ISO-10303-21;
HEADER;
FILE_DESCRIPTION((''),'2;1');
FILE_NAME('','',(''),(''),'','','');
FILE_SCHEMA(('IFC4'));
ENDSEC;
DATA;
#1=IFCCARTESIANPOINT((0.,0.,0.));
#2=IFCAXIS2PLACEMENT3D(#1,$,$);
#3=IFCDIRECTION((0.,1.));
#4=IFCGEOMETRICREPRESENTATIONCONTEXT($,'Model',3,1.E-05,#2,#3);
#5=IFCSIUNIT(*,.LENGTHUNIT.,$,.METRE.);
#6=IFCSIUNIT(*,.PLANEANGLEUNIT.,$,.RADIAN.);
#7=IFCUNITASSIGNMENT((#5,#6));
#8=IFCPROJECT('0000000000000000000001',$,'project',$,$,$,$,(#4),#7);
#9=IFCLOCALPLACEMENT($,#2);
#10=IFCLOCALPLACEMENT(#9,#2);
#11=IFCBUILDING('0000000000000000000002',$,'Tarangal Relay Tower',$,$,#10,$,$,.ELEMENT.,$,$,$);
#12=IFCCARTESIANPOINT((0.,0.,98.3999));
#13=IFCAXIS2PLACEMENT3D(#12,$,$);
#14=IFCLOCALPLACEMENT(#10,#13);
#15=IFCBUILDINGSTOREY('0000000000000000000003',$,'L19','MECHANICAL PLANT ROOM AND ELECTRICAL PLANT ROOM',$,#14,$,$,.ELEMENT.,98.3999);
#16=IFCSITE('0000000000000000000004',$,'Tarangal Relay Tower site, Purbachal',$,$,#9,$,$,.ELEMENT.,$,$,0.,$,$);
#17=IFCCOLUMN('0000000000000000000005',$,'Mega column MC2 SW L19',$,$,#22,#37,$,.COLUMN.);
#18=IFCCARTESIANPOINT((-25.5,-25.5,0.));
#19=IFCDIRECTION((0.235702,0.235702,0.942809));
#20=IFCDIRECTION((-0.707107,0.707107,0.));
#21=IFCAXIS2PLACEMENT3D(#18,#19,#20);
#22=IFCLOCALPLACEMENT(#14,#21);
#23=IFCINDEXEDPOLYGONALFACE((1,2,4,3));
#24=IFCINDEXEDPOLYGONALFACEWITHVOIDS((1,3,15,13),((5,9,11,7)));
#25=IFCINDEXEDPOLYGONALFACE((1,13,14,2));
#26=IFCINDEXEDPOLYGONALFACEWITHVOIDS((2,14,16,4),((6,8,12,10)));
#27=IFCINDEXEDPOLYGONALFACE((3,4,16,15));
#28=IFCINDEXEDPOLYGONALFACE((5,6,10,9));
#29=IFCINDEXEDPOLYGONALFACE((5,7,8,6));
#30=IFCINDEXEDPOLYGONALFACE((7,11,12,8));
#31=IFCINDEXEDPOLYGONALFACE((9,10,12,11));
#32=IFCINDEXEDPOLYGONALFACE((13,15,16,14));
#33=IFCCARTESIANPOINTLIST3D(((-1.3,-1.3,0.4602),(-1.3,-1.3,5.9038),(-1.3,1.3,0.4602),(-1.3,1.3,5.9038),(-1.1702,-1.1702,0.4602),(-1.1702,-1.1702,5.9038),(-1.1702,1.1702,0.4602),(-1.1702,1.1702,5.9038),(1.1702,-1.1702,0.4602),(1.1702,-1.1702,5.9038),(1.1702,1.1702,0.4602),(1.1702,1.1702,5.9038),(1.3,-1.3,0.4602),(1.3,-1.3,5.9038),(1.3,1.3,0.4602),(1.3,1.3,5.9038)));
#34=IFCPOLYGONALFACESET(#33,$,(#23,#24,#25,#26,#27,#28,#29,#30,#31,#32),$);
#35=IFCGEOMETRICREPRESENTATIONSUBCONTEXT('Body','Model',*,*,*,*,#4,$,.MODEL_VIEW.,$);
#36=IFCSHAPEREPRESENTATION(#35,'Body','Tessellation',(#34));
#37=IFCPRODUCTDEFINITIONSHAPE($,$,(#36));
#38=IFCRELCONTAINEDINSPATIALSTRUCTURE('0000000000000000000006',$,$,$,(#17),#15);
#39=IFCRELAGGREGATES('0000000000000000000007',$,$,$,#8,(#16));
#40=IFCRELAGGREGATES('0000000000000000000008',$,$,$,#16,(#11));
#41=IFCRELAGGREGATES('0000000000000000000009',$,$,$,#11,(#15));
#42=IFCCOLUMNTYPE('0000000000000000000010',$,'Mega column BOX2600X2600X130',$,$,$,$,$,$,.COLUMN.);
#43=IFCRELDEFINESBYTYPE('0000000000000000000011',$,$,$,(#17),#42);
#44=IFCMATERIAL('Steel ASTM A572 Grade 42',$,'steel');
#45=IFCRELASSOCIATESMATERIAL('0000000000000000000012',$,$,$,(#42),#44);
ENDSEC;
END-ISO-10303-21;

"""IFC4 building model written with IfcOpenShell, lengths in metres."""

from ifc_helpers import new_model, si_unit, direction, frame, origin, origin_2d, place, context, subcontext, project, spatial, hollow_rectangle, extrude, clip, halfspace, material, material_profile, profile_set, type_object, element, save


model = new_model("IFC4")

# Units and contexts
model_context = context("Model", 3, precision=1e-05, world=origin(), true_north=direction((0.0, 1.0)))
body_context = subcontext(model_context, "Body", "Model", "MODEL_VIEW")
ifc_project = project(units=[si_unit("LENGTHUNIT", "METRE"), si_unit("PLANEANGLEUNIT", "RADIAN")], contexts=[model_context])

# Site, building, storey
site_placement = place(None, origin())
site = spatial("IfcSite", under=ifc_project, at=site_placement, Name="Tarangal Relay Tower site, Purbachal", CompositionType="ELEMENT", RefElevation=0.0)
building_placement = place(site_placement, origin())
building = spatial("IfcBuilding", under=site, at=building_placement, Name="Tarangal Relay Tower", CompositionType="ELEMENT")
storey_placement = place(building_placement, frame((0.0, 0.0, 98.3999)))
storey = spatial("IfcBuildingStorey", under=building, at=storey_placement, Name="L19", Description="MECHANICAL PLANT ROOM AND ELECTRICAL PLANT ROOM", CompositionType="ELEMENT", Elevation=98.3999)

# Column
ifc_material_1 = material(Name="Steel ASTM A572 Grade 42", Category="steel")
ifc_material_profile_1 = material_profile(ifc_material_1, hollow_rectangle(XDim=2.6001, YDim=2.6001, WallThickness=0.1299, at=origin_2d()), Name="BOX2600X2600X130")
ifc_profile_set_1 = profile_set([ifc_material_profile_1], Name="Steel ASTM A572 Grade 42")
column_type = type_object("IfcColumnType", Name="Mega column BOX2600X2600X130", PredefinedType="COLUMN", material=ifc_profile_set_1)
column_placement = place(storey_placement, frame((-25.5, -25.5, 0.0), z_axis=(0.235702, 0.235702, 0.942809), x_axis=(-0.707107, 0.707107, 0.0)))
element("IfcColumn", 1, at=column_placement, inside=storey, type_object=column_type, Name="Mega column MC2 SW L19", PredefinedType="COLUMN", context=body_context, shape_type="Clipping", body=[
    clip(clip(extrude(hollow_rectangle(XDim=2.6001, YDim=2.6001, WallThickness=0.1299, at=origin_2d()), origin(), (0.0, 0.0, 1.0), 6.364), halfspace(frame((0.0, 0.0, 0.4602)), True)), halfspace(frame((0.0, 0.0, 5.9038)), False)),
])

save(model, "model.ifc")
